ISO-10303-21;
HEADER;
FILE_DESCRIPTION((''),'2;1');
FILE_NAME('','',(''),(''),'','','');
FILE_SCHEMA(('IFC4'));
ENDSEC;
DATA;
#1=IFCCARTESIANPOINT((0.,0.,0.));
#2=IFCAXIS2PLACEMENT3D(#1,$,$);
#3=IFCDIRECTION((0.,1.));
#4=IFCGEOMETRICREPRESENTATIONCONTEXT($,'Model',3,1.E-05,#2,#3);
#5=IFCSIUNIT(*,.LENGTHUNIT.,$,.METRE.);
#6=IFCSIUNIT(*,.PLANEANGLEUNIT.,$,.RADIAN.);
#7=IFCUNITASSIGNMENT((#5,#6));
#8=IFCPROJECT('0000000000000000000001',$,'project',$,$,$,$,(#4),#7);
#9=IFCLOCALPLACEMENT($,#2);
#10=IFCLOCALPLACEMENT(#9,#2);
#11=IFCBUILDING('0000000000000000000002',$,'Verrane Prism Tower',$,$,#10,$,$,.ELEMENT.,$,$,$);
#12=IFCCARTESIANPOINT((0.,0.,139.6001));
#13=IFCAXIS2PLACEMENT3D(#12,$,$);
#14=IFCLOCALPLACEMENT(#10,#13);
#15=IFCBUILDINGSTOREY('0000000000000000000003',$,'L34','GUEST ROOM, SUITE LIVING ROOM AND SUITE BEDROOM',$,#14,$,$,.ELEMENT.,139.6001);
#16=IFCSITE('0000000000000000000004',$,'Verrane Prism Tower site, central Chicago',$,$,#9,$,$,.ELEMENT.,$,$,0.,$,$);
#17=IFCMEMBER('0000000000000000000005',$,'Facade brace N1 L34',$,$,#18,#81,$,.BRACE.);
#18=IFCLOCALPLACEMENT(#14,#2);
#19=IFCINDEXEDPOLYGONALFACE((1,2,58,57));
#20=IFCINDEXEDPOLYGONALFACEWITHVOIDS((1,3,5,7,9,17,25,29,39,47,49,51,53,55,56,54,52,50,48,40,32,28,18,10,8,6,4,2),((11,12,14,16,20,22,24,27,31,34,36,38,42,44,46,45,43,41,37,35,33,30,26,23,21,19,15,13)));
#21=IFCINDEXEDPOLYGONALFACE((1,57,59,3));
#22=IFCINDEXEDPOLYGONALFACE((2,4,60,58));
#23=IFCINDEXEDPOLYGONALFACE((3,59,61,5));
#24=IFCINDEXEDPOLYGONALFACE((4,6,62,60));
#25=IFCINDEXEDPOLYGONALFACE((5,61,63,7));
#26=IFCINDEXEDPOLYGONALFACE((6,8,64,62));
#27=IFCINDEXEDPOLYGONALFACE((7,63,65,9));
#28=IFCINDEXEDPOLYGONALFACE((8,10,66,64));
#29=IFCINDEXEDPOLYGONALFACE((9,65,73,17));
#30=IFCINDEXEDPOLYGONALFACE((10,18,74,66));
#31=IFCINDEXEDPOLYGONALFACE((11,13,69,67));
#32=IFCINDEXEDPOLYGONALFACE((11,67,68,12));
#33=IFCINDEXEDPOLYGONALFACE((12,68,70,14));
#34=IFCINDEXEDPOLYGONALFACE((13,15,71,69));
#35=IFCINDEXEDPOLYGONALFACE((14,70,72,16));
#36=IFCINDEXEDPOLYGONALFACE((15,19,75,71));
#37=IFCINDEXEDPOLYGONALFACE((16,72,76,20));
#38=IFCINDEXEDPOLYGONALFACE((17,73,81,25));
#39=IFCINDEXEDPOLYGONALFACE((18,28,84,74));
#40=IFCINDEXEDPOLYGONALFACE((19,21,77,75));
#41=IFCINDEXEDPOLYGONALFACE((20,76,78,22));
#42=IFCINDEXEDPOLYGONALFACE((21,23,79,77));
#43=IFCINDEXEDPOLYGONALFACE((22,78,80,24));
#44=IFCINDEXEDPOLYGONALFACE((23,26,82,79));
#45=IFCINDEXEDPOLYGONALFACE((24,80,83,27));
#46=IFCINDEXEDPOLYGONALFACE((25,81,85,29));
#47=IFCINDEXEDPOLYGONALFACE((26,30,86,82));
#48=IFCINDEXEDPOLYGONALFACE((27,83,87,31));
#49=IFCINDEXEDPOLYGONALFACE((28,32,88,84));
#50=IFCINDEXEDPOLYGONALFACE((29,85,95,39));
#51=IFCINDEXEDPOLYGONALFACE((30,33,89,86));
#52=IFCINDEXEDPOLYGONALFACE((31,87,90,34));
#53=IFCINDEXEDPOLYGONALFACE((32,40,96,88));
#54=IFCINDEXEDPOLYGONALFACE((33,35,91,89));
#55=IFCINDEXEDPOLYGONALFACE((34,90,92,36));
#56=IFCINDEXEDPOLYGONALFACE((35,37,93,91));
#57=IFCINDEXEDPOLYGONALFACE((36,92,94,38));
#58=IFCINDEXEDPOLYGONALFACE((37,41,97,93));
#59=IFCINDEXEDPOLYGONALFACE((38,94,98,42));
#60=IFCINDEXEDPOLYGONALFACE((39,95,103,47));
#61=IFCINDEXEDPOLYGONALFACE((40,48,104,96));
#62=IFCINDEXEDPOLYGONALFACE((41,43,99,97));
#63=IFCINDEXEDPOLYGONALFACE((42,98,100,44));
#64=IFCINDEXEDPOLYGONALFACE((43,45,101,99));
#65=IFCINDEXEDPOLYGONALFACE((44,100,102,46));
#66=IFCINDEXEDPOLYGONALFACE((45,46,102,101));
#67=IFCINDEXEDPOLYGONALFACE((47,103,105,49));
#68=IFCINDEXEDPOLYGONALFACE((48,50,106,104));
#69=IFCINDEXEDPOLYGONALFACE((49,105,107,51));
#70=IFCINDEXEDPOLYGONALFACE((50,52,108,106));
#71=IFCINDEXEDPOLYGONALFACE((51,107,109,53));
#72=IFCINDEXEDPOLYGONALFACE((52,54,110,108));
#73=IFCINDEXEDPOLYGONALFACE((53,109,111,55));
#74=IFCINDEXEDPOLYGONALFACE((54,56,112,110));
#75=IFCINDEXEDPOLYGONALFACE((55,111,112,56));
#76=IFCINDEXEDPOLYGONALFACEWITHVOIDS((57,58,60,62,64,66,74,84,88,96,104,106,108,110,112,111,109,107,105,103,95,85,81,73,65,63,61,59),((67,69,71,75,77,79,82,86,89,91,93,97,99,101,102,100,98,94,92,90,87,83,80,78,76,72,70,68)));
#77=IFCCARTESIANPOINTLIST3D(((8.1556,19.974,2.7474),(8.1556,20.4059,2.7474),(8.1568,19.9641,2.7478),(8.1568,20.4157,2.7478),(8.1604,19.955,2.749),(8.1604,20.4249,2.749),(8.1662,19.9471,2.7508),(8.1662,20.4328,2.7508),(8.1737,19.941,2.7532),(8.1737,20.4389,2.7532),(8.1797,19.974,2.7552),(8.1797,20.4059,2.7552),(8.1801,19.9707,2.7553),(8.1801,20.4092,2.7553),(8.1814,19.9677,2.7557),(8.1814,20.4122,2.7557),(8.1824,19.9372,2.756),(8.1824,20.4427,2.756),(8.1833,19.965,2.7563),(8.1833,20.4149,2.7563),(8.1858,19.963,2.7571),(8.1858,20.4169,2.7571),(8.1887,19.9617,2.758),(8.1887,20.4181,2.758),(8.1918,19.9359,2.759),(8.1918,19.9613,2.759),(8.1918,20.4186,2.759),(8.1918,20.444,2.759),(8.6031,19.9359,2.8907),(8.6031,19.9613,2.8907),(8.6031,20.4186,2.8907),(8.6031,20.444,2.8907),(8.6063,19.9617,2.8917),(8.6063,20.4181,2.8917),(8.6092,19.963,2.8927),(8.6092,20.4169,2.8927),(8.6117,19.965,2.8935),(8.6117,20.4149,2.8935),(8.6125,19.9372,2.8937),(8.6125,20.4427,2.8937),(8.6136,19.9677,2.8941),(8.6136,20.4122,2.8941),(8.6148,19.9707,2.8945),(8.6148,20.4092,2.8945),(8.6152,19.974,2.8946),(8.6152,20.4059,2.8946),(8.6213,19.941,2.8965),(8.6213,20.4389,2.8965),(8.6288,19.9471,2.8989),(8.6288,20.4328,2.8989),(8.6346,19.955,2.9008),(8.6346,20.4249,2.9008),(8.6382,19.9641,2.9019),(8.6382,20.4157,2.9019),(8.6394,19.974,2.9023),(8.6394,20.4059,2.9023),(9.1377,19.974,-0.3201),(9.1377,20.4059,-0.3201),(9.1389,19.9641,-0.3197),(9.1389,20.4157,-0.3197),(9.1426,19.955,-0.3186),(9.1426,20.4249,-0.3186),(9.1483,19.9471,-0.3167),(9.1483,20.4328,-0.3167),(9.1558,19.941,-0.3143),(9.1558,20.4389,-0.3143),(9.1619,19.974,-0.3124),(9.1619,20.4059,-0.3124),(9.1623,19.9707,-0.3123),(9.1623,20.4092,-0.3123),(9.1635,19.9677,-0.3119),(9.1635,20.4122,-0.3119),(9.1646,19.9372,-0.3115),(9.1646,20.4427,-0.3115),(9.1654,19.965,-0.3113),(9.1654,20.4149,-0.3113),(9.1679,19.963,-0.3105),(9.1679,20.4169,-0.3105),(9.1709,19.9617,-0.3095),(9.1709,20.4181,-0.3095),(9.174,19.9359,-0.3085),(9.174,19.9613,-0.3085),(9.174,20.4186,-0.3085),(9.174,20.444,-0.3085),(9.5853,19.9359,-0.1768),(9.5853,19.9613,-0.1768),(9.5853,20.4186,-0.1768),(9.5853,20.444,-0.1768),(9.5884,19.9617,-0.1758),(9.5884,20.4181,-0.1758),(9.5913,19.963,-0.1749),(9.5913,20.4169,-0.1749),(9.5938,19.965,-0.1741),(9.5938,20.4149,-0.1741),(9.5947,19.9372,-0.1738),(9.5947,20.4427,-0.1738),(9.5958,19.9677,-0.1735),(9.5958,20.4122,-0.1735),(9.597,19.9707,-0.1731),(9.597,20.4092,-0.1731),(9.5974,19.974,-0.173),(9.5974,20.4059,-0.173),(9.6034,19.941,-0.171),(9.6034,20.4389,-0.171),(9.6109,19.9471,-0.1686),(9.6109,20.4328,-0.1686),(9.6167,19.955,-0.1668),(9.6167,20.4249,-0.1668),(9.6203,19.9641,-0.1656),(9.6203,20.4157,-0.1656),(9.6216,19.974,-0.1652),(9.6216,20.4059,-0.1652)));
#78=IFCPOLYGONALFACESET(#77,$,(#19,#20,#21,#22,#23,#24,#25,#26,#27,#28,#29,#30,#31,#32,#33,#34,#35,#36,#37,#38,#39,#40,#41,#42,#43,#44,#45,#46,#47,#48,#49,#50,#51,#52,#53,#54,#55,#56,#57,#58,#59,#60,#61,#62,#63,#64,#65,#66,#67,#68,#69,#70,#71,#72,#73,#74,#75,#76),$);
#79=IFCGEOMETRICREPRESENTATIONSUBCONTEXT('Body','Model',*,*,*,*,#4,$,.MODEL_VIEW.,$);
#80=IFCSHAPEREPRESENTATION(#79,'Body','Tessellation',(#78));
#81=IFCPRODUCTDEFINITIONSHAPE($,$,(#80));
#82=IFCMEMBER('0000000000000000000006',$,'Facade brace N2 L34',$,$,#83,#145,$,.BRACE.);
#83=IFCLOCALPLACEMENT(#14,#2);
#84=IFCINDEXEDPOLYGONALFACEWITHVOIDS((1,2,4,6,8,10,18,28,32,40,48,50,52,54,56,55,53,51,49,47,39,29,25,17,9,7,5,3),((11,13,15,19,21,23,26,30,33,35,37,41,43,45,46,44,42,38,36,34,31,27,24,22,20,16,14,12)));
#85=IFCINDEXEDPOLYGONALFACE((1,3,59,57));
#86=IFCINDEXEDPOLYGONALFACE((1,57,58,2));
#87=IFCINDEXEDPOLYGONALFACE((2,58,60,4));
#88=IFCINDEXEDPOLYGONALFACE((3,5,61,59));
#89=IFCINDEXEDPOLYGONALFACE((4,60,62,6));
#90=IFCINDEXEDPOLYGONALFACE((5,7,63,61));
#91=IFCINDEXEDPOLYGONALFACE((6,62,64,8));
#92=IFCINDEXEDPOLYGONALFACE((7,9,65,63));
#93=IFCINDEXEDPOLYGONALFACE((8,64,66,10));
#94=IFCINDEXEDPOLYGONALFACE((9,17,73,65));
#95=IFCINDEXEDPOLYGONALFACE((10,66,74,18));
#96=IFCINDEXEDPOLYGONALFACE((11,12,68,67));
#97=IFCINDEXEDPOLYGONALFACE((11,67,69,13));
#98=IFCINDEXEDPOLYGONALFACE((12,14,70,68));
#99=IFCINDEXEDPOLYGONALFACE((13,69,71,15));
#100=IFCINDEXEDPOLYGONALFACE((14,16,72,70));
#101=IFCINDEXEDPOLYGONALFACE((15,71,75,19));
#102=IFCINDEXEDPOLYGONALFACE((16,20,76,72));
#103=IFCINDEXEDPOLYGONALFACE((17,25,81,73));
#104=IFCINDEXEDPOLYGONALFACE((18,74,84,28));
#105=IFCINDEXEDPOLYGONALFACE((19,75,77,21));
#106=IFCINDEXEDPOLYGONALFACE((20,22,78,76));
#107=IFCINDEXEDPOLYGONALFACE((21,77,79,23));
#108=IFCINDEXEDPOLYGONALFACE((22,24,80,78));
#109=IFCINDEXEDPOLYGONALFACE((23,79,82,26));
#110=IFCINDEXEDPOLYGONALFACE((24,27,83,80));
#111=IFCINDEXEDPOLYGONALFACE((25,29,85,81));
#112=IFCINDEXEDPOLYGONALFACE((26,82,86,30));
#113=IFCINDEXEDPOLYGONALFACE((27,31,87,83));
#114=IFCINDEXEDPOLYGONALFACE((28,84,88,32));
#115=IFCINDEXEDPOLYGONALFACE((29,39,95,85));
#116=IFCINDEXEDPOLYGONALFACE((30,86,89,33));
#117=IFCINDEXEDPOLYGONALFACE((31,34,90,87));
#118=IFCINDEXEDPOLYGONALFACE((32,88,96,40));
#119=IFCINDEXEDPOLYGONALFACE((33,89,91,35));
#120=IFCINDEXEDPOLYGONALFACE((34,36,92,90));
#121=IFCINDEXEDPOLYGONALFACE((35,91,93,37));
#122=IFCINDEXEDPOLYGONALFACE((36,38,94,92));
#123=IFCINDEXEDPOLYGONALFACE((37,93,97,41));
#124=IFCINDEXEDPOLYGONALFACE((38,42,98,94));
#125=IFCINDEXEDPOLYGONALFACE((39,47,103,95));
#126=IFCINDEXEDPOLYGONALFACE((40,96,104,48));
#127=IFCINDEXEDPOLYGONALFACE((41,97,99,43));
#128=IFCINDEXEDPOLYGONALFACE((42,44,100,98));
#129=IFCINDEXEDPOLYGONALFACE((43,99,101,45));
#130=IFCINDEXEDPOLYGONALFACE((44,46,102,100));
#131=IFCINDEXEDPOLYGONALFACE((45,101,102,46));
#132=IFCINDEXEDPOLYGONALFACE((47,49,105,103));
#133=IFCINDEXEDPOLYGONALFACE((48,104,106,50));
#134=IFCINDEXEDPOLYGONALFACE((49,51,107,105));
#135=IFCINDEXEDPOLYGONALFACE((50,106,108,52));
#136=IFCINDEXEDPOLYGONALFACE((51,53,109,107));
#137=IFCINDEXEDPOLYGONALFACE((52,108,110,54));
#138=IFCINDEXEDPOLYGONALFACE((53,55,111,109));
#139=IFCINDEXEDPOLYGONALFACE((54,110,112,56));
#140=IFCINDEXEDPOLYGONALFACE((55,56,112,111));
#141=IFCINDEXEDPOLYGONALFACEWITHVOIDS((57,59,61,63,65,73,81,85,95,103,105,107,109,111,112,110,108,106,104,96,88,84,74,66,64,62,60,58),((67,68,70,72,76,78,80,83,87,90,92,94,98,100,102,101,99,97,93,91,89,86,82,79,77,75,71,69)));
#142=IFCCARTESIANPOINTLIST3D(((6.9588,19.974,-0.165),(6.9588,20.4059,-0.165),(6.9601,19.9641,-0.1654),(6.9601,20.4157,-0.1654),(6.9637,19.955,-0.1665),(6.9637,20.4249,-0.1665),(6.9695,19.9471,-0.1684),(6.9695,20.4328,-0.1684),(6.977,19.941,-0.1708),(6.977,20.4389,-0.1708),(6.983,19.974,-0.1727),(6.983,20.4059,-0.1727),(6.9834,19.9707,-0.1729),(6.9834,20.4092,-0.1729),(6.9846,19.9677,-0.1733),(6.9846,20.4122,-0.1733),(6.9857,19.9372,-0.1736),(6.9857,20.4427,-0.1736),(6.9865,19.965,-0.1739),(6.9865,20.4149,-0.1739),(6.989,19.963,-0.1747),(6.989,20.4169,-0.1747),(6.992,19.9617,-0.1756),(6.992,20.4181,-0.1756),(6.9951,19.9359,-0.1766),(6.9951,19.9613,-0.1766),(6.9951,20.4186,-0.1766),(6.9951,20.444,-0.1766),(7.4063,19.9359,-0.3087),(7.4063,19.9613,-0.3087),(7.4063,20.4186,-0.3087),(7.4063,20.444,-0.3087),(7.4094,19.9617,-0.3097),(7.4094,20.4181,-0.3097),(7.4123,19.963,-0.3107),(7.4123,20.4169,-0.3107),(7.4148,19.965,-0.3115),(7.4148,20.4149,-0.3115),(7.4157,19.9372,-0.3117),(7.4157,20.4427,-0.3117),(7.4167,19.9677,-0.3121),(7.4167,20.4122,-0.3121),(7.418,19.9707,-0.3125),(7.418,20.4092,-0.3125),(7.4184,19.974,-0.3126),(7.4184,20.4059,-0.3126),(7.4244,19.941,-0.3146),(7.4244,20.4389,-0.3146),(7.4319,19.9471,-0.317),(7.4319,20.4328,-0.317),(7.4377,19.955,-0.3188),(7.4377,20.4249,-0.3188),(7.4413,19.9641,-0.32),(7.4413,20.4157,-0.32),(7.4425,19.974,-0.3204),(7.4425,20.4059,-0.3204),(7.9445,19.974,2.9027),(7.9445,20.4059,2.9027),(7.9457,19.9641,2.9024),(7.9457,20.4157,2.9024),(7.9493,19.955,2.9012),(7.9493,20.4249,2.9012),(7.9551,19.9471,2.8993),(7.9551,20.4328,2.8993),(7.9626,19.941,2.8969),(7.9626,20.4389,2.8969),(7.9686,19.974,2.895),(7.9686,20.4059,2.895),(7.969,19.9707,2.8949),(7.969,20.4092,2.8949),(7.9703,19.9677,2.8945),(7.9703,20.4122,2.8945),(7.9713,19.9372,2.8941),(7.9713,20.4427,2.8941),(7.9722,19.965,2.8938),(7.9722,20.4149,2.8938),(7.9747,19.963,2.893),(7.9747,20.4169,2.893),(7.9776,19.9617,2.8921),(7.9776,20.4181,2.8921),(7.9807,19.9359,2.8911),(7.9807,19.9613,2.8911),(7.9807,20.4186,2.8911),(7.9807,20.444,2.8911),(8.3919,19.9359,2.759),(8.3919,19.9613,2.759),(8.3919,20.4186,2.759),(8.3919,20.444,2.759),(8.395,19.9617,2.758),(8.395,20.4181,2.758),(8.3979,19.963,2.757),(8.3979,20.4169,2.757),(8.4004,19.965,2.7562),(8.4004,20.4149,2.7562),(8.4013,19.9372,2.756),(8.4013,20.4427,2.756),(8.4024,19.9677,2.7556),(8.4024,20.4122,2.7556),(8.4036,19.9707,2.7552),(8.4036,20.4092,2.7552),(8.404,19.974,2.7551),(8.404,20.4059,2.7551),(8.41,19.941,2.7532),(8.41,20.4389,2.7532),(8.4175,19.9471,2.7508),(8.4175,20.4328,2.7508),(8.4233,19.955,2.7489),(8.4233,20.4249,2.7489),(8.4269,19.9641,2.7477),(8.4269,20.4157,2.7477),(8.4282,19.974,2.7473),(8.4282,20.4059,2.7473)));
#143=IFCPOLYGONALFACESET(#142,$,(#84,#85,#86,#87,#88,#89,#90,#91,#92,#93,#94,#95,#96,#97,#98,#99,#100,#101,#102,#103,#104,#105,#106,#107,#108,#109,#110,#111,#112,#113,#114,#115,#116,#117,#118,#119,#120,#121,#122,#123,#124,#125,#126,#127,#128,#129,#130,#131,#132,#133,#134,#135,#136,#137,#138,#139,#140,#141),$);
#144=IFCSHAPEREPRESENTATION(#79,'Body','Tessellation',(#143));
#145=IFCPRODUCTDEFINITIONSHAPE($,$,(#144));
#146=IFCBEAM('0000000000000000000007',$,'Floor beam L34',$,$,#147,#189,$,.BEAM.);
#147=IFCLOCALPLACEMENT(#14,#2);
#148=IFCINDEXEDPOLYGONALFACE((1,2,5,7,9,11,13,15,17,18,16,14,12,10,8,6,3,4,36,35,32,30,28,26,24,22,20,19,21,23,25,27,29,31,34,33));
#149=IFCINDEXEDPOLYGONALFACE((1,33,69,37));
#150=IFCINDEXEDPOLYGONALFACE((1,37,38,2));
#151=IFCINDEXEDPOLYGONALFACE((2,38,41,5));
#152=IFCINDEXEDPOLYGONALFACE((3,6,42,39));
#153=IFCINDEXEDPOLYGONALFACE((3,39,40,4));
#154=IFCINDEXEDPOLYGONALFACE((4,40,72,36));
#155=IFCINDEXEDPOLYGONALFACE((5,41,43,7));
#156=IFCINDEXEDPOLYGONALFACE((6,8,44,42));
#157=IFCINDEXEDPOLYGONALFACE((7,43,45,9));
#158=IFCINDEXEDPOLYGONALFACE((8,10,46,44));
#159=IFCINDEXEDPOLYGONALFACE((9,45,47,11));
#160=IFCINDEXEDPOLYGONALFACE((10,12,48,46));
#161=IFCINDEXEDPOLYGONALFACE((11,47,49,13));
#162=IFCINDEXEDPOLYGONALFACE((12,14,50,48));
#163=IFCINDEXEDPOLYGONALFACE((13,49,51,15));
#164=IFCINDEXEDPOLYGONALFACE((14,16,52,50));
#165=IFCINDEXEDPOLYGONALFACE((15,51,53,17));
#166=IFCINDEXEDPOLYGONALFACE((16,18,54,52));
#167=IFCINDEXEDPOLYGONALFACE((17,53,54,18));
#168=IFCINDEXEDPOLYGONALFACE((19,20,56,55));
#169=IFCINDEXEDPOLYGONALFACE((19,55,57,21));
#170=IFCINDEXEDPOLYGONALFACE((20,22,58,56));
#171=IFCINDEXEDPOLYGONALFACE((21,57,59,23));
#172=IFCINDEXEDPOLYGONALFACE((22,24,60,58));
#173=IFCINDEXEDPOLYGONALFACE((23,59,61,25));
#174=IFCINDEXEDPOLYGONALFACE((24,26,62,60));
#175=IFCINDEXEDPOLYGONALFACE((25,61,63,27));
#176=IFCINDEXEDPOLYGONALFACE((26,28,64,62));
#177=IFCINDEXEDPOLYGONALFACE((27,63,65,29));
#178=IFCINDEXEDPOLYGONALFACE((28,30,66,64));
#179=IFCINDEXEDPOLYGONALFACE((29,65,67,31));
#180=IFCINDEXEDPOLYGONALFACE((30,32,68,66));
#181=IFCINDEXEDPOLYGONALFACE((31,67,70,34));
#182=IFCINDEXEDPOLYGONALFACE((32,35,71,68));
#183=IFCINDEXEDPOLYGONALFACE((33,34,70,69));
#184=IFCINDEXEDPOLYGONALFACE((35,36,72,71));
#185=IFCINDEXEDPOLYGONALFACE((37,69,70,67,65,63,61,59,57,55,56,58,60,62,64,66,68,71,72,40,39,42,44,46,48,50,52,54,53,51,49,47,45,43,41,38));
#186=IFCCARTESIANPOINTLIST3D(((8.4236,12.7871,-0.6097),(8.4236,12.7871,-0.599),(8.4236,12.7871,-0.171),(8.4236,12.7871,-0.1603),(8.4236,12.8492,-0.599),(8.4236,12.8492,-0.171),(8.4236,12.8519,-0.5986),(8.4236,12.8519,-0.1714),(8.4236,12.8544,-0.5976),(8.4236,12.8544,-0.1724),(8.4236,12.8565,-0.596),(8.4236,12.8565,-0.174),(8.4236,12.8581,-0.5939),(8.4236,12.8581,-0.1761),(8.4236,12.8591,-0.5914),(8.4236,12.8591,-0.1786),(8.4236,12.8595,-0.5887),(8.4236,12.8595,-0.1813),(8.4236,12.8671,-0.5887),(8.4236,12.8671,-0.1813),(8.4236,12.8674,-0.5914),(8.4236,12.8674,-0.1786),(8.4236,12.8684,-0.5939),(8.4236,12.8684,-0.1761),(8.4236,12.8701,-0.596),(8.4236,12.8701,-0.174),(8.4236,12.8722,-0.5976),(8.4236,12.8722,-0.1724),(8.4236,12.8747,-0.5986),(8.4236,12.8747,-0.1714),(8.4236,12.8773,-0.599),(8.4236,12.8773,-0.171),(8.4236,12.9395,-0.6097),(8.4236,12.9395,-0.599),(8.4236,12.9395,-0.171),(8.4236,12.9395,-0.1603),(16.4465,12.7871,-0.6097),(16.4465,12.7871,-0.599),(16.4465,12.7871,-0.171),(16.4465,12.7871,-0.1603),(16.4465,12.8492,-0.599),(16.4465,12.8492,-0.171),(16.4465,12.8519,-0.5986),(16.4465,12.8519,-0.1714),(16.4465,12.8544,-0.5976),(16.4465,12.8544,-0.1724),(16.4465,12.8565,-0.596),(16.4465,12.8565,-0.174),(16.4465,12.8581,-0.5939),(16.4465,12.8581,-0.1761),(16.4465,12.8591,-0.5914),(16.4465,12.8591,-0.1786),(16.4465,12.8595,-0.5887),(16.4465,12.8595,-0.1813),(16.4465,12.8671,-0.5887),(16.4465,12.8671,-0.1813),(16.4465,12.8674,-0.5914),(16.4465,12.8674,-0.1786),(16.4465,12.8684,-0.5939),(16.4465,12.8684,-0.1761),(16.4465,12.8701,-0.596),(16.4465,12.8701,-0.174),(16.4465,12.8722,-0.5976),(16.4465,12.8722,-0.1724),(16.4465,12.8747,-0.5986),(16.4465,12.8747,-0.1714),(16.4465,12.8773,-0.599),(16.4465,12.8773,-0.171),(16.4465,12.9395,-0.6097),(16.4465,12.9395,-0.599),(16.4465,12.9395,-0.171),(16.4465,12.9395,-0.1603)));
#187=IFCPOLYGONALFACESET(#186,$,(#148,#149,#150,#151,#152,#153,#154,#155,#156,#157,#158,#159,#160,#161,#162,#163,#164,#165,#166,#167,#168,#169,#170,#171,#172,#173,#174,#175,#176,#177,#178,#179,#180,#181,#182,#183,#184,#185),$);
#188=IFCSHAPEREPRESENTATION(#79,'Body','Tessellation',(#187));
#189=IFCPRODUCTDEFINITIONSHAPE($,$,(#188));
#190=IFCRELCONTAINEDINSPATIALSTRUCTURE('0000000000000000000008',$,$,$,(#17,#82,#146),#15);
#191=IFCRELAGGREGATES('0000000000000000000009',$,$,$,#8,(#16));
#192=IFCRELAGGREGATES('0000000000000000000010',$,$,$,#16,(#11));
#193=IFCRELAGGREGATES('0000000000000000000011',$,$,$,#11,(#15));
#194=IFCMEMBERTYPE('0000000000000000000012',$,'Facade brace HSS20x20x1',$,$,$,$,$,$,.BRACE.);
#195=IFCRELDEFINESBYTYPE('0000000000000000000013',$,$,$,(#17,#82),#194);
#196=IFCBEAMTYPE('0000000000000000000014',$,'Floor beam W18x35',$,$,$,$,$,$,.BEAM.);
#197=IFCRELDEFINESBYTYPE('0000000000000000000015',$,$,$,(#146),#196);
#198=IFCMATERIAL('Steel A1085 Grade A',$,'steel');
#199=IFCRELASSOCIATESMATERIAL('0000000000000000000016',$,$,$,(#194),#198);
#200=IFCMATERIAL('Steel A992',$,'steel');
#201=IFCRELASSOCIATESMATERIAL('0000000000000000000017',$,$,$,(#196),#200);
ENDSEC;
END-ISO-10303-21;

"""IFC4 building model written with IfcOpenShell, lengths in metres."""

from ifc_helpers import new_model, si_unit, direction, frame, origin, origin_2d, place, context, subcontext, project, spatial, hollow_rectangle, i_section, extrude, material, material_profile, profile_set, type_object, element, save


model = new_model("IFC4")

# Units and contexts
model_context = context("Model", 3, precision=1e-05, world=origin(), true_north=direction((0.0, 1.0)))
body_context = subcontext(model_context, "Body", "Model", "MODEL_VIEW")
ifc_project = project(units=[si_unit("LENGTHUNIT", "METRE"), si_unit("PLANEANGLEUNIT", "RADIAN")], contexts=[model_context])

# Site, building, storey
site_placement = place(None, origin())
site = spatial("IfcSite", under=ifc_project, at=site_placement, Name="Verrane Prism Tower site, central Chicago", CompositionType="ELEMENT", RefElevation=0.0)
building_placement = place(site_placement, origin())
building = spatial("IfcBuilding", under=site, at=building_placement, Name="Verrane Prism Tower", CompositionType="ELEMENT")
storey_placement = place(building_placement, frame((0.0, 0.0, 139.6001)))
storey = spatial("IfcBuildingStorey", under=building, at=storey_placement, Name="L34", Description="GUEST ROOM, SUITE LIVING ROOM AND SUITE BEDROOM", CompositionType="ELEMENT", Elevation=139.6001)

# Members
ifc_material_1 = material(Name="Steel A1085 Grade A", Category="steel")
ifc_material_profile_1 = material_profile(ifc_material_1, hollow_rectangle(XDim=0.5081, YDim=0.5081, WallThickness=0.0254, InnerFilletRadius=0.0127, OuterFilletRadius=0.0381, at=origin_2d()), Name="HSS20x20x1")
ifc_profile_set_1 = profile_set([ifc_material_profile_1], Name="Steel A1085 Grade A")
member_type_1 = type_object("IfcMemberType", Name="Facade brace HSS20x20x1", PredefinedType="BRACE", material=ifc_profile_set_1)
member_1_placement = place(storey_placement, frame((9.3796, 20.1899, -0.2427), z_axis=(-0.304927, 0.0, 0.952376), x_axis=(0.0, -1.0, 0.0)))
element("IfcMember", 1, at=member_1_placement, inside=storey, type_object=member_type_1, Name="Facade brace N1 L34", PredefinedType="BRACE", context=body_context, shape_type="SweptSolid", body=[
    extrude(hollow_rectangle(XDim=0.5081, YDim=0.5081, WallThickness=0.0254, InnerFilletRadius=0.0127, OuterFilletRadius=0.0381, at=origin_2d()), origin(), (0.0, 0.0, 1.0), 3.2209),
])
member_2_placement = place(storey_placement, frame((7.2007, 20.1899, -0.2427), z_axis=(0.305889, 0.0, 0.952067), x_axis=(0.0, 1.0, 0.0)))
element("IfcMember", 2, at=member_2_placement, inside=storey, type_object=member_type_1, Name="Facade brace N2 L34", PredefinedType="BRACE", context=body_context, shape_type="SweptSolid", body=[
    extrude(hollow_rectangle(XDim=0.5081, YDim=0.5081, WallThickness=0.0254, InnerFilletRadius=0.0127, OuterFilletRadius=0.0381, at=origin_2d()), origin(), (0.0, 0.0, 1.0), 3.2222),
])

# Beam
ifc_material_2 = material(Name="Steel A992", Category="steel")
ifc_material_profile_2 = material_profile(ifc_material_2, i_section(OverallWidth=0.1523, OverallDepth=0.4495, WebThickness=0.0076, FlangeThickness=0.0107, FilletRadius=0.0103, at=origin_2d()), Name="W18x35")
ifc_profile_set_2 = profile_set([ifc_material_profile_2], Name="Steel A992")
beam_type_1 = type_object("IfcBeamType", Name="Floor beam W18x35", PredefinedType="BEAM", material=ifc_profile_set_2)
for number, where, z_axis, x_axis, name in (
    (3, (8.4236, 12.8633, -0.385), (1.0, 0.0, 0.0), (0.0, 1.0, 0.0), "Floor beam L34"),
):
    element("IfcBeam", number, at=place(storey_placement, frame(where, z_axis=z_axis, x_axis=x_axis)), inside=storey, type_object=beam_type_1, Name=name, PredefinedType="BEAM", context=body_context, shape_type="SweptSolid", body=[
        extrude(i_section(OverallWidth=0.1523, OverallDepth=0.4495, WebThickness=0.0076, FlangeThickness=0.0107, FilletRadius=0.0103, at=origin_2d()), origin(), (0.0, 0.0, 1.0), 8.0229),
    ])

save(model, "model.ifc")
